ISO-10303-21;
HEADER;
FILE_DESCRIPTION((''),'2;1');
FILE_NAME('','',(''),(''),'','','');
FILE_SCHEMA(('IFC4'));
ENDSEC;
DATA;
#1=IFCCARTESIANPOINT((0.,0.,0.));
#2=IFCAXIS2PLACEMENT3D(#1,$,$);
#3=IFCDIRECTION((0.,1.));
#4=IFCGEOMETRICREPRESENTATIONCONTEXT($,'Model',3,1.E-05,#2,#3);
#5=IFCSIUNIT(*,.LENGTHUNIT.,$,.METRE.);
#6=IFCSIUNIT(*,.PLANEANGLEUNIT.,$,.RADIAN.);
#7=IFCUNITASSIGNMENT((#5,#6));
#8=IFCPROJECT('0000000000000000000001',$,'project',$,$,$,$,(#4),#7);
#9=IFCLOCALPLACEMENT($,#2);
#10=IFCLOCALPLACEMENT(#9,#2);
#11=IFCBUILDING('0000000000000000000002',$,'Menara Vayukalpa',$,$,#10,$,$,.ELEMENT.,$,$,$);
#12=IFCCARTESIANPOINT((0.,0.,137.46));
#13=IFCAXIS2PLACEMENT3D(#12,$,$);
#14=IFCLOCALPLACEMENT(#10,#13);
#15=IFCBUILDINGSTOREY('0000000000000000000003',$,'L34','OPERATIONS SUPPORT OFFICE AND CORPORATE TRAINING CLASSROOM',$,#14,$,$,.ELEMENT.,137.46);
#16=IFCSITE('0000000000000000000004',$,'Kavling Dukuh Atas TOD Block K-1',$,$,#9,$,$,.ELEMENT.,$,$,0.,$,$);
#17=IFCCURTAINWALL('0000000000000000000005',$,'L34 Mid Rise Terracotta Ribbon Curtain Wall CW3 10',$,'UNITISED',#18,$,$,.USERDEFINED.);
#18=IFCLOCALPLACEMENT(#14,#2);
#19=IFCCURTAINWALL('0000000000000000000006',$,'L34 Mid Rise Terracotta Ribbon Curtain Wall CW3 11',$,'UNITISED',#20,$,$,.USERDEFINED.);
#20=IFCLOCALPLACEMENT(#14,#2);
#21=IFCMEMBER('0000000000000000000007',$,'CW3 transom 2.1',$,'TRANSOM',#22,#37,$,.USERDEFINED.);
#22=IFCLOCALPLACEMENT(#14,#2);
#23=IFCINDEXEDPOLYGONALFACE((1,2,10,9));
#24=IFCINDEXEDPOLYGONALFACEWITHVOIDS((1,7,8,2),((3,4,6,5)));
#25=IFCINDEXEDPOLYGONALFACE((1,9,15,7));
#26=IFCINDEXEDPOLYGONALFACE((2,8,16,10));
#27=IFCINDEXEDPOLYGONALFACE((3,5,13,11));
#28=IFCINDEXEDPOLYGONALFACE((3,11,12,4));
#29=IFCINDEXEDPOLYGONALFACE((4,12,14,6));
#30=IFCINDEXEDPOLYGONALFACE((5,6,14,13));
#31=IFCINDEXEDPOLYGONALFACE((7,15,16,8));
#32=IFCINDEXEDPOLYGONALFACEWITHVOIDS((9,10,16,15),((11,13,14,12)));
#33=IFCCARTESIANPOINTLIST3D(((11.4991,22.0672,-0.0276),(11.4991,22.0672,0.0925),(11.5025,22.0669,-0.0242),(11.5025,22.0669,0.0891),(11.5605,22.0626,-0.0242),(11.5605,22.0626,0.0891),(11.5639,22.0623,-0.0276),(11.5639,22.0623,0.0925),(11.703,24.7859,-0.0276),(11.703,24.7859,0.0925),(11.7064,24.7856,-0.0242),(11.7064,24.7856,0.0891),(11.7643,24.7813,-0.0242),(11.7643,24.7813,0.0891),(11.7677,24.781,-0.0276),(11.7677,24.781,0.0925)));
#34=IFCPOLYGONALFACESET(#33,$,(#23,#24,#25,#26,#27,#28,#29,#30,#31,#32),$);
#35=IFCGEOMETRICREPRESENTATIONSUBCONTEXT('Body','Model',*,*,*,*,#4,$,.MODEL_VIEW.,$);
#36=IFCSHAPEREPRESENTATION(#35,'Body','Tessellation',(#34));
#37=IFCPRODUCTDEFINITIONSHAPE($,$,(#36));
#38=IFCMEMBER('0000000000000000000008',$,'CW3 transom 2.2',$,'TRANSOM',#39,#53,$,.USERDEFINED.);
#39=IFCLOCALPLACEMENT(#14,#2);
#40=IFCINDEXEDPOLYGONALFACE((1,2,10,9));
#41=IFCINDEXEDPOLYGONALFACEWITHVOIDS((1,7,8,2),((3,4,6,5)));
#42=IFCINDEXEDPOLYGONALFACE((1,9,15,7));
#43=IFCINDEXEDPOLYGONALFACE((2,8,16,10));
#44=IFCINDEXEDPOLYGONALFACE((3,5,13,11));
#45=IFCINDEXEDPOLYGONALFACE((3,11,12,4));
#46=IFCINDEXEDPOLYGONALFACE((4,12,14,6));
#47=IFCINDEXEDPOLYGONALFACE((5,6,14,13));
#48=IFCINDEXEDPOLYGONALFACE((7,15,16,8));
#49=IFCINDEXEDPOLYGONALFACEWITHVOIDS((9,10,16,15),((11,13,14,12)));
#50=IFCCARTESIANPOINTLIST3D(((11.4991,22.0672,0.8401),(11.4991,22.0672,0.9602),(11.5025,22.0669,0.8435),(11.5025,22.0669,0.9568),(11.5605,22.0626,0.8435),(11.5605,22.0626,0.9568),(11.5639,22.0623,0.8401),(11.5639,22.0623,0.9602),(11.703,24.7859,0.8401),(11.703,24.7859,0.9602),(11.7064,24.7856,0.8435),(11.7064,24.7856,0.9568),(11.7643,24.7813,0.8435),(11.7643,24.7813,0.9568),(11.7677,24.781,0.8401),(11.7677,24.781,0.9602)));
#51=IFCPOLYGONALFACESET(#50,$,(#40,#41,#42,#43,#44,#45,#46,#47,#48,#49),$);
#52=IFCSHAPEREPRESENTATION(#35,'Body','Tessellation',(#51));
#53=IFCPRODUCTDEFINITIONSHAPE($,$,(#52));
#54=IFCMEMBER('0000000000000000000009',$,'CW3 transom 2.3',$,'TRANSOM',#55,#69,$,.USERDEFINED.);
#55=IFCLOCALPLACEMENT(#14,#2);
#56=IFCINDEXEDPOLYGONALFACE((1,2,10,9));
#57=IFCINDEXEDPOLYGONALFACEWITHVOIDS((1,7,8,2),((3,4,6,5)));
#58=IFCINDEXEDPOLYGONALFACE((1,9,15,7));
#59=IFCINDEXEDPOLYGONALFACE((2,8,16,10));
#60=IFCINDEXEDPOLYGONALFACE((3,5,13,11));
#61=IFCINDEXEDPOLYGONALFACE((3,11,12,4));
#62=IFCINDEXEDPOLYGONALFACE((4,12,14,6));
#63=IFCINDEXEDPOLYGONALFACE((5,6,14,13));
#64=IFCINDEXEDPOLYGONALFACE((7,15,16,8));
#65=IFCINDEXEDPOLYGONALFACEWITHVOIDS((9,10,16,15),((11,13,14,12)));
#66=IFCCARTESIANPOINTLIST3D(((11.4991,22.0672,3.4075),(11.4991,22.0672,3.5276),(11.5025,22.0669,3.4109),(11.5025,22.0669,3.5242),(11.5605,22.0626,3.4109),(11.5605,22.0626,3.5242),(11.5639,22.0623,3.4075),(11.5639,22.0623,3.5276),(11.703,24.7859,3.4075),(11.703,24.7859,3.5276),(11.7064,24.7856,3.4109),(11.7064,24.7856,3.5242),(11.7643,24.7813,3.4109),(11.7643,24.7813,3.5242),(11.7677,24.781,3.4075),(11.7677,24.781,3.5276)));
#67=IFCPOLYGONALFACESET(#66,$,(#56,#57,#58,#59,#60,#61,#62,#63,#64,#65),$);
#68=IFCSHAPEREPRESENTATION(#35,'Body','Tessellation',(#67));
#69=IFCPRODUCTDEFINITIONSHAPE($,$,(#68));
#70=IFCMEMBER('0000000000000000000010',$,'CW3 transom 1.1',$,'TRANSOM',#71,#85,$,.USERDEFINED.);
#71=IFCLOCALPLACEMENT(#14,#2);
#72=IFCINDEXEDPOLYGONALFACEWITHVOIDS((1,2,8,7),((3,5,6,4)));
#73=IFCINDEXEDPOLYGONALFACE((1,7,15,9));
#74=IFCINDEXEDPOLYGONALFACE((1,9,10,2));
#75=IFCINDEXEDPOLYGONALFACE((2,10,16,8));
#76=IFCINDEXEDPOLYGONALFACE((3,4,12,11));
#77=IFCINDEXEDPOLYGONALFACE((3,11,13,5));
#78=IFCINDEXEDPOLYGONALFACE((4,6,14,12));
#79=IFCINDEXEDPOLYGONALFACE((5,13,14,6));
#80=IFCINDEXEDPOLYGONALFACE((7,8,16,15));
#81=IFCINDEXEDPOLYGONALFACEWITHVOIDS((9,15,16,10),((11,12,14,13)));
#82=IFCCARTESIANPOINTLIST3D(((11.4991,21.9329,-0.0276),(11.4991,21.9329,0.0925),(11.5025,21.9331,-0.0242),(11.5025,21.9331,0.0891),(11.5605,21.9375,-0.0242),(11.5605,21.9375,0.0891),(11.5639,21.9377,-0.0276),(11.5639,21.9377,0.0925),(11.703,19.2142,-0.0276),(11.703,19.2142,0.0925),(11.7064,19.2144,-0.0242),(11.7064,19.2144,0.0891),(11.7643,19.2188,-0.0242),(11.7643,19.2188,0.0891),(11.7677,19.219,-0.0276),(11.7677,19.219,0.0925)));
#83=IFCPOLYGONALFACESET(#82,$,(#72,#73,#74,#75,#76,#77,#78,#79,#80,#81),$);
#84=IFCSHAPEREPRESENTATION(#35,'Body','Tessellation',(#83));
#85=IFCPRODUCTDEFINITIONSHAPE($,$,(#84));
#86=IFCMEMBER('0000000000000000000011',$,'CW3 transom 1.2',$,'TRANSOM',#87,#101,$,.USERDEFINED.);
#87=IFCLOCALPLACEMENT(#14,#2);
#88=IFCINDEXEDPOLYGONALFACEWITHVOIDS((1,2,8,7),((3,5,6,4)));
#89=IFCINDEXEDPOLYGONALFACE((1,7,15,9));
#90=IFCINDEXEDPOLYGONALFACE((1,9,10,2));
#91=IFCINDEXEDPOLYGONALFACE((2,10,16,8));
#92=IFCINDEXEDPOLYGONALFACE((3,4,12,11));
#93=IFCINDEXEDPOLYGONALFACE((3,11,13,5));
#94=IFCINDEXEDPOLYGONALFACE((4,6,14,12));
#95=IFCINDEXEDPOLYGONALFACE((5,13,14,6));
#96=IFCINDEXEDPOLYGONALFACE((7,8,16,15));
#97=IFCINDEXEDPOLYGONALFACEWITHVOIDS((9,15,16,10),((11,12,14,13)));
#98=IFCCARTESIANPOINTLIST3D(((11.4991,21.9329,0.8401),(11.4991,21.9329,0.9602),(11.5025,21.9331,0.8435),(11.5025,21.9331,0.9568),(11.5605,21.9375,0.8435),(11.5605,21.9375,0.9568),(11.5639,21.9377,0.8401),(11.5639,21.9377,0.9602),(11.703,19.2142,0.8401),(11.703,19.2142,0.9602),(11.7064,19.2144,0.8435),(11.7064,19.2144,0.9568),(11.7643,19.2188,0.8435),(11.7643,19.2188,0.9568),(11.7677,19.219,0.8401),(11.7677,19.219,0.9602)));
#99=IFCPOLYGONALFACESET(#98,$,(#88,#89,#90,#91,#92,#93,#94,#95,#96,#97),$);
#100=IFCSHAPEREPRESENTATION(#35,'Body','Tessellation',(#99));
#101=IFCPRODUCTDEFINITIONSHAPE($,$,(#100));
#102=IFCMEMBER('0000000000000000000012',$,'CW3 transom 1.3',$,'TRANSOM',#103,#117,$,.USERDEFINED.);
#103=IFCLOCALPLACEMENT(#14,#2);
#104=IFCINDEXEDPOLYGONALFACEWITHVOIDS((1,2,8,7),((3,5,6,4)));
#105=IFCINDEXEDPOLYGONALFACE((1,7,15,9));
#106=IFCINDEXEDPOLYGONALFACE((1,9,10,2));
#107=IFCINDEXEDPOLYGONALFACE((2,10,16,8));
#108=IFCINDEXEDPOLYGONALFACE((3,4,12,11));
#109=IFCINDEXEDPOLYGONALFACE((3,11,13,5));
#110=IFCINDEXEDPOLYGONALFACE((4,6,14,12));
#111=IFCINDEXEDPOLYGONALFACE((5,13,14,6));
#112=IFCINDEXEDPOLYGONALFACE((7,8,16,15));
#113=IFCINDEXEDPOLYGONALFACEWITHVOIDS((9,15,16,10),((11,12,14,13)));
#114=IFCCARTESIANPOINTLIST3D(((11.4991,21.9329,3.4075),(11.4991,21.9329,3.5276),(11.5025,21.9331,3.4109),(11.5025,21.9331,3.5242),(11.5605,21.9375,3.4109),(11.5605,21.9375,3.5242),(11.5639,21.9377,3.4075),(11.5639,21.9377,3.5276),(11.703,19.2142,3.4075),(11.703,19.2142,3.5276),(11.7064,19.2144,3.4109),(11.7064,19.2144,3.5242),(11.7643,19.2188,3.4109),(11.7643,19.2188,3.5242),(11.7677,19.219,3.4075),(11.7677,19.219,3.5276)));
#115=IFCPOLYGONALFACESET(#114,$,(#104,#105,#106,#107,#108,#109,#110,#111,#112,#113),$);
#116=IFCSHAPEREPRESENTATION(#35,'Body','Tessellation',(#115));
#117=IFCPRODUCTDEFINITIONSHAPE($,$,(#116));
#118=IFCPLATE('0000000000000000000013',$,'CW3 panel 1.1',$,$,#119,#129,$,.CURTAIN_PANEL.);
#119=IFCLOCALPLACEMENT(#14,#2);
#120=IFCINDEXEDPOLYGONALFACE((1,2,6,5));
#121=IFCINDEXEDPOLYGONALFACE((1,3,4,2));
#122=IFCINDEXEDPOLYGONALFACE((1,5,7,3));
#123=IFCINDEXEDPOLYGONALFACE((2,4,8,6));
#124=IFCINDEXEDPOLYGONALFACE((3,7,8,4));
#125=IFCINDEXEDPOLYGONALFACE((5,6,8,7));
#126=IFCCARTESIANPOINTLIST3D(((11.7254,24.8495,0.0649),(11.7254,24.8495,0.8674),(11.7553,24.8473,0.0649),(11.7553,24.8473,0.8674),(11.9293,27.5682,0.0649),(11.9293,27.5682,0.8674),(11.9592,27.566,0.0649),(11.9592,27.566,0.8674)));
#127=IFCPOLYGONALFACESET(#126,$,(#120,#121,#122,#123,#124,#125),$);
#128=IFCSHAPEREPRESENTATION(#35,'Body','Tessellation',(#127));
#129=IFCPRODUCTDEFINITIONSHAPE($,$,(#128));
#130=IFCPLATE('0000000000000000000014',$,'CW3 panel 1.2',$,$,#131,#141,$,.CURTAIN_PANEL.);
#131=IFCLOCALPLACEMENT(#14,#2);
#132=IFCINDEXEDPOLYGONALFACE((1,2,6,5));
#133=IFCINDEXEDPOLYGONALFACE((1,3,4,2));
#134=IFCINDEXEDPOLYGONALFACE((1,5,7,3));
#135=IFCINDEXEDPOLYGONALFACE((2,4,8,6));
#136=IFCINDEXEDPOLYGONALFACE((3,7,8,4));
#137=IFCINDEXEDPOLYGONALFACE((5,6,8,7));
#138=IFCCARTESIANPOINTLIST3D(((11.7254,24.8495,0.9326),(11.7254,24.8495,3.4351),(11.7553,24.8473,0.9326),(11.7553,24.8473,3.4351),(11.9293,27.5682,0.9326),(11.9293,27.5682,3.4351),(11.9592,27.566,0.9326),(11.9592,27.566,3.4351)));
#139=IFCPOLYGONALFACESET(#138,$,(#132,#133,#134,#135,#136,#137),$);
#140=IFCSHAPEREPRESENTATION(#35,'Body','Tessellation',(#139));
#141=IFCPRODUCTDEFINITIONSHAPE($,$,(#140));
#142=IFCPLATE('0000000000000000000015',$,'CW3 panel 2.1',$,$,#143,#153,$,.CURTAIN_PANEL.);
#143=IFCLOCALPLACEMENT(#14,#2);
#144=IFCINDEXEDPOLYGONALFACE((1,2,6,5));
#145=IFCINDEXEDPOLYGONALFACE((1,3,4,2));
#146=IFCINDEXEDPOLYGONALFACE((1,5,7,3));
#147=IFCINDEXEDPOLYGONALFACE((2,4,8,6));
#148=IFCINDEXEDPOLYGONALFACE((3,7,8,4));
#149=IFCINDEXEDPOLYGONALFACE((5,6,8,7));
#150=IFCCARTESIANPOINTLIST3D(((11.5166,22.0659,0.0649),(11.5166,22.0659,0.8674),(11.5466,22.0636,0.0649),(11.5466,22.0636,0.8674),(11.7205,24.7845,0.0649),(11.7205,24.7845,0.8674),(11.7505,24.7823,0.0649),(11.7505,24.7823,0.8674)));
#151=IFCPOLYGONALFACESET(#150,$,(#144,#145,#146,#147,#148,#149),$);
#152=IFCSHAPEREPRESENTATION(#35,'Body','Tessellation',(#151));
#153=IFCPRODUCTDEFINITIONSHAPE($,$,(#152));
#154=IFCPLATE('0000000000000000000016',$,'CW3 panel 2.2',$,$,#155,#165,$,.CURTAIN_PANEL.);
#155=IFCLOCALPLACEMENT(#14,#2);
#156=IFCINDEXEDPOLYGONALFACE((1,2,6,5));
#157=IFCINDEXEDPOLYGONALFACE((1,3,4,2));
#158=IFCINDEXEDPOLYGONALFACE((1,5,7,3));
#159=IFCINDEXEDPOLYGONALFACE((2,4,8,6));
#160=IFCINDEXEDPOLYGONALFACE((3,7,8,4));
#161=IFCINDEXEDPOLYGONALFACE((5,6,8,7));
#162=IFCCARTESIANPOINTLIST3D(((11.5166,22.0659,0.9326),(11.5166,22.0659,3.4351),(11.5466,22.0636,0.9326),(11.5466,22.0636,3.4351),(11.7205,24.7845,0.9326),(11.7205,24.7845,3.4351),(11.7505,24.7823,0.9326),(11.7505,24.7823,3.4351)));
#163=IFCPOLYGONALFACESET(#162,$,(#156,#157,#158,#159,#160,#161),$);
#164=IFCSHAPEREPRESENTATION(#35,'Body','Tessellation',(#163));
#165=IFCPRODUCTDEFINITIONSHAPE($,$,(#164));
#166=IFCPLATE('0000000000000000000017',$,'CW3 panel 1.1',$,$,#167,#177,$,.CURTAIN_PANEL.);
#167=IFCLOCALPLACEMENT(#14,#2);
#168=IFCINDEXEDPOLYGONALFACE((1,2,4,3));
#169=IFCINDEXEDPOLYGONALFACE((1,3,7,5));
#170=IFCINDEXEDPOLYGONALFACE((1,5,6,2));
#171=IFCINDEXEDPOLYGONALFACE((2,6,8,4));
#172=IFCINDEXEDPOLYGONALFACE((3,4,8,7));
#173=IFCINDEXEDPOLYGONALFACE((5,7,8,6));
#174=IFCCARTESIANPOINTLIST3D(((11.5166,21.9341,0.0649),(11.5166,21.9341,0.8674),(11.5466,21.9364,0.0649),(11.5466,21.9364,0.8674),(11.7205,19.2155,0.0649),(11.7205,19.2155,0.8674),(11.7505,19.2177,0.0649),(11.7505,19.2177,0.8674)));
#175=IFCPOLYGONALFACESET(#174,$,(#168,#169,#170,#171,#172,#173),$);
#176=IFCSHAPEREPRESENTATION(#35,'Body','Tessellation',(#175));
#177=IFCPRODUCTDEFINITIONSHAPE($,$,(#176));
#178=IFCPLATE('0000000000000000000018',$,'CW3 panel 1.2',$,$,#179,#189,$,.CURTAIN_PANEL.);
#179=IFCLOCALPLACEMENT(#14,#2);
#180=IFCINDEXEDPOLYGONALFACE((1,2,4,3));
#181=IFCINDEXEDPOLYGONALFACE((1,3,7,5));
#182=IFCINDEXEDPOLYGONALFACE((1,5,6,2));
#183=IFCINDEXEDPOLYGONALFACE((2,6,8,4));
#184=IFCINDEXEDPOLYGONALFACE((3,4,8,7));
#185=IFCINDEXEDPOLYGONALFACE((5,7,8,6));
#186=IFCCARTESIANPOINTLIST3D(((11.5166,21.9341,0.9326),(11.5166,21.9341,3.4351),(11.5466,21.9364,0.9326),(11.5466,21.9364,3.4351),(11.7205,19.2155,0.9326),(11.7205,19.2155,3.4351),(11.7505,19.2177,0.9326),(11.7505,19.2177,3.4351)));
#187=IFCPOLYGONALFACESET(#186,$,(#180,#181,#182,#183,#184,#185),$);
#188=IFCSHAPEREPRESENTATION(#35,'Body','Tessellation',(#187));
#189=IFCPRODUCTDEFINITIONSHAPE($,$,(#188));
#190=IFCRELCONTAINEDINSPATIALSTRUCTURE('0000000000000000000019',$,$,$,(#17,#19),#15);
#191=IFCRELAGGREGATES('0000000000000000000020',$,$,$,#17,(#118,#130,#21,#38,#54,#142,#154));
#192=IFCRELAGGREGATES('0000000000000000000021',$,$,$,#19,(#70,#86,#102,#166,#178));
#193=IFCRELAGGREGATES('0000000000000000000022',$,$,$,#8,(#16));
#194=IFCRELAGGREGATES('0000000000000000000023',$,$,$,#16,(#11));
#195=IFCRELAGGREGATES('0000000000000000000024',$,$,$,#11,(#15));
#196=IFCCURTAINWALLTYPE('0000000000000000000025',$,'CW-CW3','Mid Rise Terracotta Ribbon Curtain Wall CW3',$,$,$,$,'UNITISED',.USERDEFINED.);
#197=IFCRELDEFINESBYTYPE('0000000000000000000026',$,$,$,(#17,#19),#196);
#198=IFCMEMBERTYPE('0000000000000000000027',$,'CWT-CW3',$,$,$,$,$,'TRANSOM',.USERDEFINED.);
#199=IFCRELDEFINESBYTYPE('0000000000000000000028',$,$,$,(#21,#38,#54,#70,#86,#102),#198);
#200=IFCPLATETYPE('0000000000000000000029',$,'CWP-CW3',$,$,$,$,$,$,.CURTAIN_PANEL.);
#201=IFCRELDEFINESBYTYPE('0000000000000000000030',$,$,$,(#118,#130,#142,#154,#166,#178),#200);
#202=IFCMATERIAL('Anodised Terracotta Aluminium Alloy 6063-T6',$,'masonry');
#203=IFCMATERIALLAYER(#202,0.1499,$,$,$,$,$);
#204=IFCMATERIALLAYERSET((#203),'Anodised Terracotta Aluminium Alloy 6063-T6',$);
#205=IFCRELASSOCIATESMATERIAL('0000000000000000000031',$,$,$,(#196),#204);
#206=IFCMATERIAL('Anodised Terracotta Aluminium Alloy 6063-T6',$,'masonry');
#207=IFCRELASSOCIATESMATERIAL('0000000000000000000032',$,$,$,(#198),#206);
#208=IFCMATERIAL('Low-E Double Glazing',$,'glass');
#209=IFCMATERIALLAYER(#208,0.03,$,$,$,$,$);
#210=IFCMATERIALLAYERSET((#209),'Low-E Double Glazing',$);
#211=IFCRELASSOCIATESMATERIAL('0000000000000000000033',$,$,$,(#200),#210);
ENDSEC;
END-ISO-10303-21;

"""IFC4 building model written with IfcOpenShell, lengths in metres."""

from ifc_helpers import new_model, si_unit, direction, frame, origin, origin_2d, place, context, subcontext, project, spatial, rectangle, hollow_rectangle, extrude, material, layer, layer_set, material_profile, profile_set, type_object, element, aggregate, save


model = new_model("IFC4")

# Units and contexts
model_context = context("Model", 3, precision=1e-05, world=origin(), true_north=direction((0.0, 1.0)))
body_context = subcontext(model_context, "Body", "Model", "MODEL_VIEW")
ifc_project = project(units=[si_unit("LENGTHUNIT", "METRE"), si_unit("PLANEANGLEUNIT", "RADIAN")], contexts=[model_context])

# Site, building, storey
site_placement = place(None, origin())
site = spatial("IfcSite", under=ifc_project, at=site_placement, Name="Kavling Dukuh Atas TOD Block K-1", CompositionType="ELEMENT", RefElevation=0.0)
building_placement = place(site_placement, origin())
building = spatial("IfcBuilding", under=site, at=building_placement, Name="Menara Vayukalpa", CompositionType="ELEMENT")
storey_placement = place(building_placement, frame((0.0, 0.0, 137.46)))
storey = spatial("IfcBuildingStorey", under=building, at=storey_placement, Name="L34", Description="OPERATIONS SUPPORT OFFICE AND CORPORATE TRAINING CLASSROOM", CompositionType="ELEMENT", Elevation=137.46)

# Curtain wall
ifc_material_1 = material(Name="Anodised Terracotta Aluminium Alloy 6063-T6", Category="masonry")
ifc_layer_1 = layer(ifc_material_1, 0.1499)
ifc_layer_set_1 = layer_set([ifc_layer_1], Name="Anodised Terracotta Aluminium Alloy 6063-T6")
curtain_wall_type = type_object("IfcCurtainWallType", Name="CW-CW3", Description="Mid Rise Terracotta Ribbon Curtain Wall CW3", ElementType="UNITISED", PredefinedType="USERDEFINED", material=ifc_layer_set_1)
curtain_wall_1_placement = place(storey_placement, origin())
curtain_wall_1 = element("IfcCurtainWall", 1, at=curtain_wall_1_placement, inside=storey, type_object=curtain_wall_type, Name="L34 Mid Rise Terracotta Ribbon Curtain Wall CW3 10", ObjectType="UNITISED", PredefinedType="USERDEFINED")

# Curtain wall
curtain_wall_2_placement = place(storey_placement, origin())
curtain_wall_2 = element("IfcCurtainWall", 2, at=curtain_wall_2_placement, inside=storey, type_object=curtain_wall_type, Name="L34 Mid Rise Terracotta Ribbon Curtain Wall CW3 11", ObjectType="UNITISED", PredefinedType="USERDEFINED")

# Members
ifc_material_2 = material(Name="Anodised Terracotta Aluminium Alloy 6063-T6", Category="masonry")
ifc_material_profile_1 = material_profile(ifc_material_2, hollow_rectangle(XDim=0.0649, YDim=0.1201, WallThickness=0.0034, at=origin_2d()), Name="ALU 65x120x3.5")
ifc_profile_set_1 = profile_set([ifc_material_profile_1], Name="Anodised Terracotta Aluminium Alloy 6063-T6")
member_type_1 = type_object("IfcMemberType", Name="CWT-CW3", ElementType="TRANSOM", PredefinedType="USERDEFINED", material=ifc_profile_set_1)
member_1_placement = place(storey_placement, frame((11.7354, 24.7834, 0.0325), z_axis=(-0.074772, -0.997201, 0.0), x_axis=(0.997201, -0.074772, 0.0)))
member_1 = element("IfcMember", 3, at=member_1_placement, type_object=member_type_1, Name="CW3 transom 2.1", ObjectType="TRANSOM", PredefinedType="USERDEFINED", context=body_context, shape_type="SweptSolid", body=[
    extrude(hollow_rectangle(XDim=0.0649, YDim=0.1201, WallThickness=0.0034, at=origin_2d()), origin(), (0.0, 0.0, 1.0), 2.7263),
])
member_2_placement = place(storey_placement, frame((11.7354, 24.7834, 0.9001), z_axis=(-0.074772, -0.997201, 0.0), x_axis=(0.997201, -0.074772, 0.0)))
member_2 = element("IfcMember", 4, at=member_2_placement, type_object=member_type_1, Name="CW3 transom 2.2", ObjectType="TRANSOM", PredefinedType="USERDEFINED", context=body_context, shape_type="SweptSolid", body=[
    extrude(hollow_rectangle(XDim=0.0649, YDim=0.1201, WallThickness=0.0034, at=origin_2d()), origin(), (0.0, 0.0, 1.0), 2.7263),
])
member_3_placement = place(storey_placement, frame((11.7354, 24.7834, 3.4675), z_axis=(-0.074772, -0.997201, 0.0), x_axis=(0.997201, -0.074772, 0.0)))
member_3 = element("IfcMember", 5, at=member_3_placement, type_object=member_type_1, Name="CW3 transom 2.3", ObjectType="TRANSOM", PredefinedType="USERDEFINED", context=body_context, shape_type="SweptSolid", body=[
    extrude(hollow_rectangle(XDim=0.0649, YDim=0.1201, WallThickness=0.0034, at=origin_2d()), origin(), (0.0, 0.0, 1.0), 2.7263),
])
member_4_placement = place(storey_placement, frame((11.5315, 21.9353, 0.0325), z_axis=(0.074772, -0.997201, 0.0), x_axis=(0.997201, 0.074772, 0.0)))
member_4 = element("IfcMember", 6, at=member_4_placement, type_object=member_type_1, Name="CW3 transom 1.1", ObjectType="TRANSOM", PredefinedType="USERDEFINED", context=body_context, shape_type="SweptSolid", body=[
    extrude(hollow_rectangle(XDim=0.0649, YDim=0.1201, WallThickness=0.0034, at=origin_2d()), origin(), (0.0, 0.0, 1.0), 2.7263),
])
member_5_placement = place(storey_placement, frame((11.5315, 21.9353, 0.9001), z_axis=(0.074772, -0.997201, 0.0), x_axis=(0.997201, 0.074772, 0.0)))
member_5 = element("IfcMember", 7, at=member_5_placement, type_object=member_type_1, Name="CW3 transom 1.2", ObjectType="TRANSOM", PredefinedType="USERDEFINED", context=body_context, shape_type="SweptSolid", body=[
    extrude(hollow_rectangle(XDim=0.0649, YDim=0.1201, WallThickness=0.0034, at=origin_2d()), origin(), (0.0, 0.0, 1.0), 2.7263),
])
member_6_placement = place(storey_placement, frame((11.5315, 21.9353, 3.4675), z_axis=(0.074772, -0.997201, 0.0), x_axis=(0.997201, 0.074772, 0.0)))
member_6 = element("IfcMember", 8, at=member_6_placement, type_object=member_type_1, Name="CW3 transom 1.3", ObjectType="TRANSOM", PredefinedType="USERDEFINED", context=body_context, shape_type="SweptSolid", body=[
    extrude(hollow_rectangle(XDim=0.0649, YDim=0.1201, WallThickness=0.0034, at=origin_2d()), origin(), (0.0, 0.0, 1.0), 2.7263),
])

# Plates
ifc_material_3 = material(Name="Low-E Double Glazing", Category="glass")
ifc_layer_2 = layer(ifc_material_3, 0.03)
ifc_layer_set_2 = layer_set([ifc_layer_2], Name="Low-E Double Glazing")
plate_type = type_object("IfcPlateType", Name="CWP-CW3", PredefinedType="CURTAIN_PANEL", material=ifc_layer_set_2)
plate_1_placement = place(storey_placement, frame((11.8423, 26.2078, 0.0649), z_axis=(0.0, 0.0, 1.0), x_axis=(-0.074793, -0.997199, 0.0)))
plate_1 = element("IfcPlate", 9, at=plate_1_placement, type_object=plate_type, Name="CW3 panel 1.1", PredefinedType="CURTAIN_PANEL", context=body_context, shape_type="SweptSolid", body=[
    extrude(rectangle(XDim=2.7263, YDim=0.03, at=origin_2d()), origin(), (0.0, 0.0, 1.0), 0.8025),
])
plate_2_placement = place(storey_placement, frame((11.8423, 26.2078, 0.9326), z_axis=(0.0, 0.0, 1.0), x_axis=(-0.074793, -0.997199, 0.0)))
plate_2 = element("IfcPlate", 10, at=plate_2_placement, type_object=plate_type, Name="CW3 panel 1.2", PredefinedType="CURTAIN_PANEL", context=body_context, shape_type="SweptSolid", body=[
    extrude(rectangle(XDim=2.7263, YDim=0.03, at=origin_2d()), origin(), (0.0, 0.0, 1.0), 2.5024),
])
plate_3_placement = place(storey_placement, frame((11.6335, 23.4241, 0.0649), z_axis=(0.0, 0.0, 1.0), x_axis=(-0.074793, -0.997199, 0.0)))
plate_3 = element("IfcPlate", 11, at=plate_3_placement, type_object=plate_type, Name="CW3 panel 2.1", PredefinedType="CURTAIN_PANEL", context=body_context, shape_type="SweptSolid", body=[
    extrude(rectangle(XDim=2.7263, YDim=0.03, at=origin_2d()), origin(), (0.0, 0.0, 1.0), 0.8025),
])
plate_4_placement = place(storey_placement, frame((11.6335, 23.4241, 0.9326), z_axis=(0.0, 0.0, 1.0), x_axis=(-0.074793, -0.997199, 0.0)))
plate_4 = element("IfcPlate", 12, at=plate_4_placement, type_object=plate_type, Name="CW3 panel 2.2", PredefinedType="CURTAIN_PANEL", context=body_context, shape_type="SweptSolid", body=[
    extrude(rectangle(XDim=2.7263, YDim=0.03, at=origin_2d()), origin(), (0.0, 0.0, 1.0), 2.5024),
])
aggregate(curtain_wall_1, [plate_1, plate_2, member_1, member_2, member_3, plate_3, plate_4])
plate_5_placement = place(storey_placement, frame((11.6335, 20.5759, 0.0649), z_axis=(0.0, 0.0, 1.0), x_axis=(0.074793, -0.997199, 0.0)))
plate_5 = element("IfcPlate", 13, at=plate_5_placement, type_object=plate_type, Name="CW3 panel 1.1", PredefinedType="CURTAIN_PANEL", context=body_context, shape_type="SweptSolid", body=[
    extrude(rectangle(XDim=2.7263, YDim=0.03, at=origin_2d()), origin(), (0.0, 0.0, 1.0), 0.8025),
])
plate_6_placement = place(storey_placement, frame((11.6335, 20.5759, 0.9326), z_axis=(0.0, 0.0, 1.0), x_axis=(0.074793, -0.997199, 0.0)))
plate_6 = element("IfcPlate", 14, at=plate_6_placement, type_object=plate_type, Name="CW3 panel 1.2", PredefinedType="CURTAIN_PANEL", context=body_context, shape_type="SweptSolid", body=[
    extrude(rectangle(XDim=2.7263, YDim=0.03, at=origin_2d()), origin(), (0.0, 0.0, 1.0), 2.5024),
])
aggregate(curtain_wall_2, [member_4, member_5, member_6, plate_5, plate_6])

save(model, "model.ifc")
